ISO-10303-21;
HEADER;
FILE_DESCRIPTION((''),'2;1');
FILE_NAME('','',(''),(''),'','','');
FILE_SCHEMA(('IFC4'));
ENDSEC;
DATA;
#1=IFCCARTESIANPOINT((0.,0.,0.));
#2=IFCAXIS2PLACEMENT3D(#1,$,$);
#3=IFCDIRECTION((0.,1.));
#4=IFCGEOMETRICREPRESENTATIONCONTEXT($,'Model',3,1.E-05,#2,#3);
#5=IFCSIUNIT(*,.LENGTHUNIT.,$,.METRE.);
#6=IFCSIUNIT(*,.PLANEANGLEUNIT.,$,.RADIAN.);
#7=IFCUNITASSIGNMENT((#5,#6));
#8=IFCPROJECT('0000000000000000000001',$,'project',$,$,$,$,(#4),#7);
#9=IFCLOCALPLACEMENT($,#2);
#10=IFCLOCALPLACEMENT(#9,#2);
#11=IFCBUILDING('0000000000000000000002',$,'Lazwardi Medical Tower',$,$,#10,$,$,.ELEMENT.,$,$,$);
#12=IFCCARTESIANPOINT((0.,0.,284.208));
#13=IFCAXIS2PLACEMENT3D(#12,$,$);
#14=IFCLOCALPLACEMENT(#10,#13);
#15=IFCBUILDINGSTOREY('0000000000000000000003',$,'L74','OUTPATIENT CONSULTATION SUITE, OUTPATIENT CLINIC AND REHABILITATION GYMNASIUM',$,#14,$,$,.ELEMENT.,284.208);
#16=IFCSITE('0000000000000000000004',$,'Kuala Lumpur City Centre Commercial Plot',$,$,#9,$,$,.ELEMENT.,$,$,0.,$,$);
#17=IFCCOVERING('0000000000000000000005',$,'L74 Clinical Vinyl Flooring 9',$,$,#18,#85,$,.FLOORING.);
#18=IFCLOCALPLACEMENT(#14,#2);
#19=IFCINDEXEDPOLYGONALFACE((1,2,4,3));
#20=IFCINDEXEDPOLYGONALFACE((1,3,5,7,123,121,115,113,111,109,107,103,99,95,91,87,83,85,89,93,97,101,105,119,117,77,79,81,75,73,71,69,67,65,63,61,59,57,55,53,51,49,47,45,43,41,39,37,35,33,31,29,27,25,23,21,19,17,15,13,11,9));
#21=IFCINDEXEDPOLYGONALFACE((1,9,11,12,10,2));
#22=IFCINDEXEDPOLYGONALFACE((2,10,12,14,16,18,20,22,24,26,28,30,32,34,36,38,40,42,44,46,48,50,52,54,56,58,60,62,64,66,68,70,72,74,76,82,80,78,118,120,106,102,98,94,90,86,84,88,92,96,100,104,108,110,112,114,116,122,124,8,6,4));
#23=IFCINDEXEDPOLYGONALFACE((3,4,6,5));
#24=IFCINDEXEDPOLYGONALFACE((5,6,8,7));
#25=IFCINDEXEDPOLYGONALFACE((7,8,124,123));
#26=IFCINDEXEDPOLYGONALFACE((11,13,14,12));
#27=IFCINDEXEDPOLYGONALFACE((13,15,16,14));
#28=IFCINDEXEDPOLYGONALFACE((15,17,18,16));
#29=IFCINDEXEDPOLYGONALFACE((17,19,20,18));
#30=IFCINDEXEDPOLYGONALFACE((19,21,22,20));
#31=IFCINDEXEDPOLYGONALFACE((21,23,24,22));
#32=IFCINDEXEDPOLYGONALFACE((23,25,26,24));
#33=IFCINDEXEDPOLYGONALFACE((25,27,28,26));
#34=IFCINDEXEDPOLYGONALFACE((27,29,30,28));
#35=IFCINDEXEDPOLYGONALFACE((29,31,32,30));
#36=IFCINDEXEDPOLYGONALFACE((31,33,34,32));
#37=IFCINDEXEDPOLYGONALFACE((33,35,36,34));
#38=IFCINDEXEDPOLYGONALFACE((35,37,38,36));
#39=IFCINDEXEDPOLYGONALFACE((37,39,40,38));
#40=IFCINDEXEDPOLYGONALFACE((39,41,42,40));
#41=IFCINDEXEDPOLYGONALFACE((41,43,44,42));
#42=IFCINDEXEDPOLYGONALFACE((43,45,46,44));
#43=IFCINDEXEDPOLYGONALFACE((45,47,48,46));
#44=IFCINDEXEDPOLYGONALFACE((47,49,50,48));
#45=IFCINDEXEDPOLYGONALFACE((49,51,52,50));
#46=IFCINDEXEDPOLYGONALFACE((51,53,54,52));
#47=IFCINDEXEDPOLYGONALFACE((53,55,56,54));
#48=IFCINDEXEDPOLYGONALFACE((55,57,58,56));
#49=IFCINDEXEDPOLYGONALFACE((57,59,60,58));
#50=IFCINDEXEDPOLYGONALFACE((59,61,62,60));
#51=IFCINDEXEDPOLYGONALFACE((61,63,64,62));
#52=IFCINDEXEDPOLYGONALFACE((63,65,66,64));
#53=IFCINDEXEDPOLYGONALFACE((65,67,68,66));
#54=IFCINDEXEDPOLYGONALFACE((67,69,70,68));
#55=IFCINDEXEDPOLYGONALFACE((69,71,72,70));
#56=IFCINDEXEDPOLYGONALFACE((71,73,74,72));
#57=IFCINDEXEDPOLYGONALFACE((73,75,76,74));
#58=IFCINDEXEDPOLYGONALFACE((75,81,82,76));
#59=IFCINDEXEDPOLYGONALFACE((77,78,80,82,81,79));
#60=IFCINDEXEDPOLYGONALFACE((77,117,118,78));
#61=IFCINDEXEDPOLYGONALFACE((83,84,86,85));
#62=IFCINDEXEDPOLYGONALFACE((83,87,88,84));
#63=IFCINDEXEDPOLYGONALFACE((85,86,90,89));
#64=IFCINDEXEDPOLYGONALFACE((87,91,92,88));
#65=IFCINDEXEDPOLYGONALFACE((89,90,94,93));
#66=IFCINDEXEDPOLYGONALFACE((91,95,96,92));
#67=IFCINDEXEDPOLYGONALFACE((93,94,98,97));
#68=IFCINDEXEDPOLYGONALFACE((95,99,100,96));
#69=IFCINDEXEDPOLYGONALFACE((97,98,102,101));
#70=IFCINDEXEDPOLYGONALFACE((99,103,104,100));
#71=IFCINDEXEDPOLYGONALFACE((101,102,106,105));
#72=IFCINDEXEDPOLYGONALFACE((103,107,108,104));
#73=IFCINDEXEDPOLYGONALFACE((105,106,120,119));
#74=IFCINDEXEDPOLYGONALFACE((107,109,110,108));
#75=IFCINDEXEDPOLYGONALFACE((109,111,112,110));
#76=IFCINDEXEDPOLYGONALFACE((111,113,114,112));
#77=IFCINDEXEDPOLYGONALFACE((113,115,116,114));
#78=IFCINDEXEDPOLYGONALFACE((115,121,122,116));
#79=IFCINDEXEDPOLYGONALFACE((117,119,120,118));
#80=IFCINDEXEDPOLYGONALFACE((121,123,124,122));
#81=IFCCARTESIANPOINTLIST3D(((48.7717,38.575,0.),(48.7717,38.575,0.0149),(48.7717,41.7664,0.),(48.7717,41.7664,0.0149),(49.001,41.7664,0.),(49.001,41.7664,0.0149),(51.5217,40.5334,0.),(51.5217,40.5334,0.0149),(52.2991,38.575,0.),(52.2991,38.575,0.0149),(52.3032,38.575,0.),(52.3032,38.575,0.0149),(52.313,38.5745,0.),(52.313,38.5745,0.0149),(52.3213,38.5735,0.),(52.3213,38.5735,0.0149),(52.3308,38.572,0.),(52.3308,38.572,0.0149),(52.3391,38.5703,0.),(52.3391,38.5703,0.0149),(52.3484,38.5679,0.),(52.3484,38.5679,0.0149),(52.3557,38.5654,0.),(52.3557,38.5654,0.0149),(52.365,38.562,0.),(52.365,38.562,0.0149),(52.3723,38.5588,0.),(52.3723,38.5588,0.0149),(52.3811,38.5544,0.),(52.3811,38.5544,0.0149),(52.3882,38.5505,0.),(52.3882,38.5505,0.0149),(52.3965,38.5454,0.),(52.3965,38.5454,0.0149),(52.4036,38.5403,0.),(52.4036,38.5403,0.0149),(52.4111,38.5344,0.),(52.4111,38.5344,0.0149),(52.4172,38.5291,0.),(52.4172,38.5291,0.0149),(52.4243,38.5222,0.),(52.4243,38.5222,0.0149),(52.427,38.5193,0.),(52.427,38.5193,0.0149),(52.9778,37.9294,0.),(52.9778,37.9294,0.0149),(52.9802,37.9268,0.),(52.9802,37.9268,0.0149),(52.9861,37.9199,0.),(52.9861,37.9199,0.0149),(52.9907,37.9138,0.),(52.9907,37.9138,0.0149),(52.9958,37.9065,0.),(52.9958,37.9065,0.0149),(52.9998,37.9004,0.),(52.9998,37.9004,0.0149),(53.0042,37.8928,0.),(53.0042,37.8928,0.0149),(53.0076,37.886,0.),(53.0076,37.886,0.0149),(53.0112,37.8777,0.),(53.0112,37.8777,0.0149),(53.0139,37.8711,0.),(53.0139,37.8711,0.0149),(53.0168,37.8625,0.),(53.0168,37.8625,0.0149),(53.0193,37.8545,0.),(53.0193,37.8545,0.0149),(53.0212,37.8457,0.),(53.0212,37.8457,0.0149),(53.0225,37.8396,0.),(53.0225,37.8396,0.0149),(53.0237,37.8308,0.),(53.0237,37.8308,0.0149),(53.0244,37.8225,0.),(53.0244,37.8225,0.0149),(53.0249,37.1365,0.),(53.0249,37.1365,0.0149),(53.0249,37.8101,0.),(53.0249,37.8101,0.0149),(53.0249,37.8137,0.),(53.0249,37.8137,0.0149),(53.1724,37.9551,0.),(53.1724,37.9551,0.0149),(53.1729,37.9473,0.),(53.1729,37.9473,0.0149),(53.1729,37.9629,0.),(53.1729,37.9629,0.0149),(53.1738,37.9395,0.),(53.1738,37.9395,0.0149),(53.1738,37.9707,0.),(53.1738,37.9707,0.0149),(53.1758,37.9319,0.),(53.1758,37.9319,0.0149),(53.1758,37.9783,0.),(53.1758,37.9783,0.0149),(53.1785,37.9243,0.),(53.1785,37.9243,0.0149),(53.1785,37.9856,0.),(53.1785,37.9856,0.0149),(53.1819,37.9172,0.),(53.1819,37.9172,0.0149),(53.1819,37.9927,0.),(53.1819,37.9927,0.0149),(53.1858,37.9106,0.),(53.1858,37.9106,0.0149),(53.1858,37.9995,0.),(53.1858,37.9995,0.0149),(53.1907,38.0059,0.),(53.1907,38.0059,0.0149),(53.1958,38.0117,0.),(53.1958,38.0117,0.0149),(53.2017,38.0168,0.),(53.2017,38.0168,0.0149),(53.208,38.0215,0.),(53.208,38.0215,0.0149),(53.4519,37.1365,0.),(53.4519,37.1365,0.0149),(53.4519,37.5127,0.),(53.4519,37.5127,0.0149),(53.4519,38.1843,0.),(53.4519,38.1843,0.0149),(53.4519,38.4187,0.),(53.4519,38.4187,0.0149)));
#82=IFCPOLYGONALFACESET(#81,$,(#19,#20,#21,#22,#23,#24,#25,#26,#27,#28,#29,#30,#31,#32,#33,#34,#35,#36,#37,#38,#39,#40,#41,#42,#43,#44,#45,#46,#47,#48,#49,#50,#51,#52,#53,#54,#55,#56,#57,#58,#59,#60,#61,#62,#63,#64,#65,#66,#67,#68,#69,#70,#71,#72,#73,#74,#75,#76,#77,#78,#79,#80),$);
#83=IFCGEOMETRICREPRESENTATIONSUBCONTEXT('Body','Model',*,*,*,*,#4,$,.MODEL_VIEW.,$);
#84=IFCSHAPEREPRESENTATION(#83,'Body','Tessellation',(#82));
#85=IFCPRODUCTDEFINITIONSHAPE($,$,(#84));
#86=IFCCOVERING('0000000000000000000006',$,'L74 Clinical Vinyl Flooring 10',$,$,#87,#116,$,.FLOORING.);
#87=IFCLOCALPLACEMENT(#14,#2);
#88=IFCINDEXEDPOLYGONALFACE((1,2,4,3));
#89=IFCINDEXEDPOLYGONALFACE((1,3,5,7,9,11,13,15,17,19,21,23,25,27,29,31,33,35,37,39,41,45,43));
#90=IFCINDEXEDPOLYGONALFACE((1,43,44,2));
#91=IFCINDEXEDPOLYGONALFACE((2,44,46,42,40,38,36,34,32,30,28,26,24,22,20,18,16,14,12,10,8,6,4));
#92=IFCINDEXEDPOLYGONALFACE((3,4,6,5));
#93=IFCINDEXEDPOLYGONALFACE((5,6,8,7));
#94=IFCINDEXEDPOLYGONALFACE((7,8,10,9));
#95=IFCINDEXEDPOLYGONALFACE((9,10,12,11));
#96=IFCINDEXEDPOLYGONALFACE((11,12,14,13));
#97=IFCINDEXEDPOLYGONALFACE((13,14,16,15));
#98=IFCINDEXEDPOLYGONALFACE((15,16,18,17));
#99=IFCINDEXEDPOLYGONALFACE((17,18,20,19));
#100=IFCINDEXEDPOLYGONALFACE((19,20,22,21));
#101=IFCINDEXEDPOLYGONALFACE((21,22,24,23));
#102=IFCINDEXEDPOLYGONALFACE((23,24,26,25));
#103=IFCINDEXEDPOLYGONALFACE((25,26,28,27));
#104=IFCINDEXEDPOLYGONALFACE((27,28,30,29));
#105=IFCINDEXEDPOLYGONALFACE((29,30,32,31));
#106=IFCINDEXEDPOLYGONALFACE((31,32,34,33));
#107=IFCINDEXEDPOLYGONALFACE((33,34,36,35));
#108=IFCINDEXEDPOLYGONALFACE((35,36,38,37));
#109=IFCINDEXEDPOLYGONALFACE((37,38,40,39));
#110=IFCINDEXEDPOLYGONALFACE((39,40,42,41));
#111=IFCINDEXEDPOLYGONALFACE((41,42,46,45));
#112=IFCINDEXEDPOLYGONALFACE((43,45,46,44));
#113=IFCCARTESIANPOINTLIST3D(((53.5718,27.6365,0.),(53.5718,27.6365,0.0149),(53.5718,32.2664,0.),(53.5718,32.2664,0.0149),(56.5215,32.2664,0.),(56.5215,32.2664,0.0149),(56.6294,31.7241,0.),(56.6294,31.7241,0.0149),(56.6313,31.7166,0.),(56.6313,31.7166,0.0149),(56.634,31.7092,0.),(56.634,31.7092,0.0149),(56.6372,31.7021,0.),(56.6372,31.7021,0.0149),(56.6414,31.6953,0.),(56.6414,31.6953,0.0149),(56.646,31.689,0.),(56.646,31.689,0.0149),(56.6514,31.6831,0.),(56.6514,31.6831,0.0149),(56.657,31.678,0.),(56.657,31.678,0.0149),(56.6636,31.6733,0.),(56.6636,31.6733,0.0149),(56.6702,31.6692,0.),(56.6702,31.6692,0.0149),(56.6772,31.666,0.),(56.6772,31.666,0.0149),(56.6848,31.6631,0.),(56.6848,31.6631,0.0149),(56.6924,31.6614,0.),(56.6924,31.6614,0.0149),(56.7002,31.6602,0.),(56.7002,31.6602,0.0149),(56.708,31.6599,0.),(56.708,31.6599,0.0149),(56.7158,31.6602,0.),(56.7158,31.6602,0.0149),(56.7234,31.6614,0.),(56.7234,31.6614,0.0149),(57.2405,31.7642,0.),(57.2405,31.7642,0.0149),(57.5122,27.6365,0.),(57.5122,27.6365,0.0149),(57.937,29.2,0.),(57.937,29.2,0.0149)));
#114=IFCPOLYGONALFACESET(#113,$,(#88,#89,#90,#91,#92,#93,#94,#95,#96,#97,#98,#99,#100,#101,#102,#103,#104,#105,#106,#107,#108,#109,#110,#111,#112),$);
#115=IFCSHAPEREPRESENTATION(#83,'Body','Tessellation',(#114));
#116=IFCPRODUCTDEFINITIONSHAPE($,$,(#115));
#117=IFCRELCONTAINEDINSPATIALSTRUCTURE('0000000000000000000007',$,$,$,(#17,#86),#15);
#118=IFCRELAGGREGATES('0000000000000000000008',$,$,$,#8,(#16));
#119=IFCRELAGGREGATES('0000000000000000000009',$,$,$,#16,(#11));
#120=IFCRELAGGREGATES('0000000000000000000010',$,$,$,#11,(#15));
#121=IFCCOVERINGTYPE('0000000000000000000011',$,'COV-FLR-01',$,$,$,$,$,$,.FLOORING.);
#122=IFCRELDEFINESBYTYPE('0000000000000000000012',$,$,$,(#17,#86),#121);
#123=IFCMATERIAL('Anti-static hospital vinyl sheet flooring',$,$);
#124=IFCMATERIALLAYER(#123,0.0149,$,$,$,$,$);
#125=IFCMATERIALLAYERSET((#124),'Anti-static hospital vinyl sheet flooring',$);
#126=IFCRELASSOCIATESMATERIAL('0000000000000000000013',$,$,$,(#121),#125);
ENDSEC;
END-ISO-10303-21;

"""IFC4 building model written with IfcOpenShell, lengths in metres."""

from ifc_helpers import new_model, si_unit, direction, frame, origin, place, context, subcontext, project, spatial, polyline, outline, extrude, material, layer, layer_set, type_object, element, save


model = new_model("IFC4")

# Units and contexts
model_context = context("Model", 3, precision=1e-05, world=origin(), true_north=direction((0.0, 1.0)))
body_context = subcontext(model_context, "Body", "Model", "MODEL_VIEW")
ifc_project = project(units=[si_unit("LENGTHUNIT", "METRE"), si_unit("PLANEANGLEUNIT", "RADIAN")], contexts=[model_context])

# Site, building, storey
site_placement = place(None, origin())
site = spatial("IfcSite", under=ifc_project, at=site_placement, Name="Kuala Lumpur City Centre Commercial Plot", CompositionType="ELEMENT", RefElevation=0.0)
building_placement = place(site_placement, origin())
building = spatial("IfcBuilding", under=site, at=building_placement, Name="Lazwardi Medical Tower", CompositionType="ELEMENT")
storey_placement = place(building_placement, frame((0.0, 0.0, 284.208)))
storey = spatial("IfcBuildingStorey", under=building, at=storey_placement, Name="L74", Description="OUTPATIENT CONSULTATION SUITE, OUTPATIENT CLINIC AND REHABILITATION GYMNASIUM", CompositionType="ELEMENT", Elevation=284.208)

# Coverings
ifc_material_1 = material(Name="Anti-static hospital vinyl sheet flooring")
ifc_layer_1 = layer(ifc_material_1, 0.0149)
ifc_layer_set_1 = layer_set([ifc_layer_1], Name="Anti-static hospital vinyl sheet flooring")
covering_type_1 = type_object("IfcCoveringType", Name="COV-FLR-01", PredefinedType="FLOORING", material=ifc_layer_set_1)
covering_1_placement = place(storey_placement, origin())
element("IfcCovering", 1, at=covering_1_placement, inside=storey, type_object=covering_type_1, Name="L74 Clinical Vinyl Flooring 9", PredefinedType="FLOORING", context=body_context, shape_type="SweptSolid", body=[
    extrude(outline(polyline([(53.4519, 37.5127), (53.1858, 37.9106), (53.1819, 37.9172), (53.1785, 37.9243), (53.1758, 37.9319), (53.1738, 37.9395), (53.1729, 37.9473), (53.1724, 37.9551), (53.1729, 37.9629), (53.1738, 37.9707), (53.1758, 37.9783), (53.1785, 37.9856), (53.1819, 37.9927), (53.1858, 37.9995), (53.1907, 38.0059), (53.1958, 38.0117), (53.2017, 38.0168), (53.208, 38.0215), (53.4519, 38.1843), (53.4519, 38.4187), (51.5217, 40.5334), (49.001, 41.7664), (48.7717, 41.7664), (48.7717, 38.575), (52.2991, 38.575), (52.3032, 38.575), (52.313, 38.5745), (52.3213, 38.5735), (52.3308, 38.572), (52.3391, 38.5703), (52.3484, 38.5679), (52.3557, 38.5654), (52.365, 38.562), (52.3723, 38.5588), (52.3811, 38.5544), (52.3882, 38.5505), (52.3965, 38.5454), (52.4036, 38.5403), (52.4111, 38.5344), (52.4172, 38.5291), (52.4243, 38.5222), (52.427, 38.5193), (52.9778, 37.9294), (52.9802, 37.9268), (52.9861, 37.9199), (52.9907, 37.9138), (52.9958, 37.9065), (52.9998, 37.9004), (53.0042, 37.8928), (53.0076, 37.886), (53.0112, 37.8777), (53.0139, 37.8711), (53.0168, 37.8625), (53.0193, 37.8545), (53.0212, 37.8457), (53.0225, 37.8396), (53.0237, 37.8308), (53.0244, 37.8225), (53.0249, 37.8137), (53.0249, 37.8101), (53.0249, 37.1365), (53.4519, 37.1365), (53.4519, 37.5127)])), origin(), (0.0, 0.0, 1.0), 0.0149),
])
covering_2_placement = place(storey_placement, origin())
element("IfcCovering", 2, at=covering_2_placement, inside=storey, type_object=covering_type_1, Name="L74 Clinical Vinyl Flooring 10", PredefinedType="FLOORING", context=body_context, shape_type="SweptSolid", body=[
    extrude(outline(polyline([(57.5122, 27.6365), (57.937, 29.2), (57.2405, 31.7642), (56.7234, 31.6614), (56.7158, 31.6602), (56.708, 31.6599), (56.7002, 31.6602), (56.6924, 31.6614), (56.6848, 31.6631), (56.6772, 31.666), (56.6702, 31.6692), (56.6636, 31.6733), (56.657, 31.678), (56.6514, 31.6831), (56.646, 31.689), (56.6414, 31.6953), (56.6372, 31.7021), (56.634, 31.7092), (56.6313, 31.7166), (56.6294, 31.7241), (56.5215, 32.2664), (53.5718, 32.2664), (53.5718, 27.6365), (57.5122, 27.6365)])), origin(), (0.0, 0.0, 1.0), 0.0149),
])

save(model, "model.ifc")
